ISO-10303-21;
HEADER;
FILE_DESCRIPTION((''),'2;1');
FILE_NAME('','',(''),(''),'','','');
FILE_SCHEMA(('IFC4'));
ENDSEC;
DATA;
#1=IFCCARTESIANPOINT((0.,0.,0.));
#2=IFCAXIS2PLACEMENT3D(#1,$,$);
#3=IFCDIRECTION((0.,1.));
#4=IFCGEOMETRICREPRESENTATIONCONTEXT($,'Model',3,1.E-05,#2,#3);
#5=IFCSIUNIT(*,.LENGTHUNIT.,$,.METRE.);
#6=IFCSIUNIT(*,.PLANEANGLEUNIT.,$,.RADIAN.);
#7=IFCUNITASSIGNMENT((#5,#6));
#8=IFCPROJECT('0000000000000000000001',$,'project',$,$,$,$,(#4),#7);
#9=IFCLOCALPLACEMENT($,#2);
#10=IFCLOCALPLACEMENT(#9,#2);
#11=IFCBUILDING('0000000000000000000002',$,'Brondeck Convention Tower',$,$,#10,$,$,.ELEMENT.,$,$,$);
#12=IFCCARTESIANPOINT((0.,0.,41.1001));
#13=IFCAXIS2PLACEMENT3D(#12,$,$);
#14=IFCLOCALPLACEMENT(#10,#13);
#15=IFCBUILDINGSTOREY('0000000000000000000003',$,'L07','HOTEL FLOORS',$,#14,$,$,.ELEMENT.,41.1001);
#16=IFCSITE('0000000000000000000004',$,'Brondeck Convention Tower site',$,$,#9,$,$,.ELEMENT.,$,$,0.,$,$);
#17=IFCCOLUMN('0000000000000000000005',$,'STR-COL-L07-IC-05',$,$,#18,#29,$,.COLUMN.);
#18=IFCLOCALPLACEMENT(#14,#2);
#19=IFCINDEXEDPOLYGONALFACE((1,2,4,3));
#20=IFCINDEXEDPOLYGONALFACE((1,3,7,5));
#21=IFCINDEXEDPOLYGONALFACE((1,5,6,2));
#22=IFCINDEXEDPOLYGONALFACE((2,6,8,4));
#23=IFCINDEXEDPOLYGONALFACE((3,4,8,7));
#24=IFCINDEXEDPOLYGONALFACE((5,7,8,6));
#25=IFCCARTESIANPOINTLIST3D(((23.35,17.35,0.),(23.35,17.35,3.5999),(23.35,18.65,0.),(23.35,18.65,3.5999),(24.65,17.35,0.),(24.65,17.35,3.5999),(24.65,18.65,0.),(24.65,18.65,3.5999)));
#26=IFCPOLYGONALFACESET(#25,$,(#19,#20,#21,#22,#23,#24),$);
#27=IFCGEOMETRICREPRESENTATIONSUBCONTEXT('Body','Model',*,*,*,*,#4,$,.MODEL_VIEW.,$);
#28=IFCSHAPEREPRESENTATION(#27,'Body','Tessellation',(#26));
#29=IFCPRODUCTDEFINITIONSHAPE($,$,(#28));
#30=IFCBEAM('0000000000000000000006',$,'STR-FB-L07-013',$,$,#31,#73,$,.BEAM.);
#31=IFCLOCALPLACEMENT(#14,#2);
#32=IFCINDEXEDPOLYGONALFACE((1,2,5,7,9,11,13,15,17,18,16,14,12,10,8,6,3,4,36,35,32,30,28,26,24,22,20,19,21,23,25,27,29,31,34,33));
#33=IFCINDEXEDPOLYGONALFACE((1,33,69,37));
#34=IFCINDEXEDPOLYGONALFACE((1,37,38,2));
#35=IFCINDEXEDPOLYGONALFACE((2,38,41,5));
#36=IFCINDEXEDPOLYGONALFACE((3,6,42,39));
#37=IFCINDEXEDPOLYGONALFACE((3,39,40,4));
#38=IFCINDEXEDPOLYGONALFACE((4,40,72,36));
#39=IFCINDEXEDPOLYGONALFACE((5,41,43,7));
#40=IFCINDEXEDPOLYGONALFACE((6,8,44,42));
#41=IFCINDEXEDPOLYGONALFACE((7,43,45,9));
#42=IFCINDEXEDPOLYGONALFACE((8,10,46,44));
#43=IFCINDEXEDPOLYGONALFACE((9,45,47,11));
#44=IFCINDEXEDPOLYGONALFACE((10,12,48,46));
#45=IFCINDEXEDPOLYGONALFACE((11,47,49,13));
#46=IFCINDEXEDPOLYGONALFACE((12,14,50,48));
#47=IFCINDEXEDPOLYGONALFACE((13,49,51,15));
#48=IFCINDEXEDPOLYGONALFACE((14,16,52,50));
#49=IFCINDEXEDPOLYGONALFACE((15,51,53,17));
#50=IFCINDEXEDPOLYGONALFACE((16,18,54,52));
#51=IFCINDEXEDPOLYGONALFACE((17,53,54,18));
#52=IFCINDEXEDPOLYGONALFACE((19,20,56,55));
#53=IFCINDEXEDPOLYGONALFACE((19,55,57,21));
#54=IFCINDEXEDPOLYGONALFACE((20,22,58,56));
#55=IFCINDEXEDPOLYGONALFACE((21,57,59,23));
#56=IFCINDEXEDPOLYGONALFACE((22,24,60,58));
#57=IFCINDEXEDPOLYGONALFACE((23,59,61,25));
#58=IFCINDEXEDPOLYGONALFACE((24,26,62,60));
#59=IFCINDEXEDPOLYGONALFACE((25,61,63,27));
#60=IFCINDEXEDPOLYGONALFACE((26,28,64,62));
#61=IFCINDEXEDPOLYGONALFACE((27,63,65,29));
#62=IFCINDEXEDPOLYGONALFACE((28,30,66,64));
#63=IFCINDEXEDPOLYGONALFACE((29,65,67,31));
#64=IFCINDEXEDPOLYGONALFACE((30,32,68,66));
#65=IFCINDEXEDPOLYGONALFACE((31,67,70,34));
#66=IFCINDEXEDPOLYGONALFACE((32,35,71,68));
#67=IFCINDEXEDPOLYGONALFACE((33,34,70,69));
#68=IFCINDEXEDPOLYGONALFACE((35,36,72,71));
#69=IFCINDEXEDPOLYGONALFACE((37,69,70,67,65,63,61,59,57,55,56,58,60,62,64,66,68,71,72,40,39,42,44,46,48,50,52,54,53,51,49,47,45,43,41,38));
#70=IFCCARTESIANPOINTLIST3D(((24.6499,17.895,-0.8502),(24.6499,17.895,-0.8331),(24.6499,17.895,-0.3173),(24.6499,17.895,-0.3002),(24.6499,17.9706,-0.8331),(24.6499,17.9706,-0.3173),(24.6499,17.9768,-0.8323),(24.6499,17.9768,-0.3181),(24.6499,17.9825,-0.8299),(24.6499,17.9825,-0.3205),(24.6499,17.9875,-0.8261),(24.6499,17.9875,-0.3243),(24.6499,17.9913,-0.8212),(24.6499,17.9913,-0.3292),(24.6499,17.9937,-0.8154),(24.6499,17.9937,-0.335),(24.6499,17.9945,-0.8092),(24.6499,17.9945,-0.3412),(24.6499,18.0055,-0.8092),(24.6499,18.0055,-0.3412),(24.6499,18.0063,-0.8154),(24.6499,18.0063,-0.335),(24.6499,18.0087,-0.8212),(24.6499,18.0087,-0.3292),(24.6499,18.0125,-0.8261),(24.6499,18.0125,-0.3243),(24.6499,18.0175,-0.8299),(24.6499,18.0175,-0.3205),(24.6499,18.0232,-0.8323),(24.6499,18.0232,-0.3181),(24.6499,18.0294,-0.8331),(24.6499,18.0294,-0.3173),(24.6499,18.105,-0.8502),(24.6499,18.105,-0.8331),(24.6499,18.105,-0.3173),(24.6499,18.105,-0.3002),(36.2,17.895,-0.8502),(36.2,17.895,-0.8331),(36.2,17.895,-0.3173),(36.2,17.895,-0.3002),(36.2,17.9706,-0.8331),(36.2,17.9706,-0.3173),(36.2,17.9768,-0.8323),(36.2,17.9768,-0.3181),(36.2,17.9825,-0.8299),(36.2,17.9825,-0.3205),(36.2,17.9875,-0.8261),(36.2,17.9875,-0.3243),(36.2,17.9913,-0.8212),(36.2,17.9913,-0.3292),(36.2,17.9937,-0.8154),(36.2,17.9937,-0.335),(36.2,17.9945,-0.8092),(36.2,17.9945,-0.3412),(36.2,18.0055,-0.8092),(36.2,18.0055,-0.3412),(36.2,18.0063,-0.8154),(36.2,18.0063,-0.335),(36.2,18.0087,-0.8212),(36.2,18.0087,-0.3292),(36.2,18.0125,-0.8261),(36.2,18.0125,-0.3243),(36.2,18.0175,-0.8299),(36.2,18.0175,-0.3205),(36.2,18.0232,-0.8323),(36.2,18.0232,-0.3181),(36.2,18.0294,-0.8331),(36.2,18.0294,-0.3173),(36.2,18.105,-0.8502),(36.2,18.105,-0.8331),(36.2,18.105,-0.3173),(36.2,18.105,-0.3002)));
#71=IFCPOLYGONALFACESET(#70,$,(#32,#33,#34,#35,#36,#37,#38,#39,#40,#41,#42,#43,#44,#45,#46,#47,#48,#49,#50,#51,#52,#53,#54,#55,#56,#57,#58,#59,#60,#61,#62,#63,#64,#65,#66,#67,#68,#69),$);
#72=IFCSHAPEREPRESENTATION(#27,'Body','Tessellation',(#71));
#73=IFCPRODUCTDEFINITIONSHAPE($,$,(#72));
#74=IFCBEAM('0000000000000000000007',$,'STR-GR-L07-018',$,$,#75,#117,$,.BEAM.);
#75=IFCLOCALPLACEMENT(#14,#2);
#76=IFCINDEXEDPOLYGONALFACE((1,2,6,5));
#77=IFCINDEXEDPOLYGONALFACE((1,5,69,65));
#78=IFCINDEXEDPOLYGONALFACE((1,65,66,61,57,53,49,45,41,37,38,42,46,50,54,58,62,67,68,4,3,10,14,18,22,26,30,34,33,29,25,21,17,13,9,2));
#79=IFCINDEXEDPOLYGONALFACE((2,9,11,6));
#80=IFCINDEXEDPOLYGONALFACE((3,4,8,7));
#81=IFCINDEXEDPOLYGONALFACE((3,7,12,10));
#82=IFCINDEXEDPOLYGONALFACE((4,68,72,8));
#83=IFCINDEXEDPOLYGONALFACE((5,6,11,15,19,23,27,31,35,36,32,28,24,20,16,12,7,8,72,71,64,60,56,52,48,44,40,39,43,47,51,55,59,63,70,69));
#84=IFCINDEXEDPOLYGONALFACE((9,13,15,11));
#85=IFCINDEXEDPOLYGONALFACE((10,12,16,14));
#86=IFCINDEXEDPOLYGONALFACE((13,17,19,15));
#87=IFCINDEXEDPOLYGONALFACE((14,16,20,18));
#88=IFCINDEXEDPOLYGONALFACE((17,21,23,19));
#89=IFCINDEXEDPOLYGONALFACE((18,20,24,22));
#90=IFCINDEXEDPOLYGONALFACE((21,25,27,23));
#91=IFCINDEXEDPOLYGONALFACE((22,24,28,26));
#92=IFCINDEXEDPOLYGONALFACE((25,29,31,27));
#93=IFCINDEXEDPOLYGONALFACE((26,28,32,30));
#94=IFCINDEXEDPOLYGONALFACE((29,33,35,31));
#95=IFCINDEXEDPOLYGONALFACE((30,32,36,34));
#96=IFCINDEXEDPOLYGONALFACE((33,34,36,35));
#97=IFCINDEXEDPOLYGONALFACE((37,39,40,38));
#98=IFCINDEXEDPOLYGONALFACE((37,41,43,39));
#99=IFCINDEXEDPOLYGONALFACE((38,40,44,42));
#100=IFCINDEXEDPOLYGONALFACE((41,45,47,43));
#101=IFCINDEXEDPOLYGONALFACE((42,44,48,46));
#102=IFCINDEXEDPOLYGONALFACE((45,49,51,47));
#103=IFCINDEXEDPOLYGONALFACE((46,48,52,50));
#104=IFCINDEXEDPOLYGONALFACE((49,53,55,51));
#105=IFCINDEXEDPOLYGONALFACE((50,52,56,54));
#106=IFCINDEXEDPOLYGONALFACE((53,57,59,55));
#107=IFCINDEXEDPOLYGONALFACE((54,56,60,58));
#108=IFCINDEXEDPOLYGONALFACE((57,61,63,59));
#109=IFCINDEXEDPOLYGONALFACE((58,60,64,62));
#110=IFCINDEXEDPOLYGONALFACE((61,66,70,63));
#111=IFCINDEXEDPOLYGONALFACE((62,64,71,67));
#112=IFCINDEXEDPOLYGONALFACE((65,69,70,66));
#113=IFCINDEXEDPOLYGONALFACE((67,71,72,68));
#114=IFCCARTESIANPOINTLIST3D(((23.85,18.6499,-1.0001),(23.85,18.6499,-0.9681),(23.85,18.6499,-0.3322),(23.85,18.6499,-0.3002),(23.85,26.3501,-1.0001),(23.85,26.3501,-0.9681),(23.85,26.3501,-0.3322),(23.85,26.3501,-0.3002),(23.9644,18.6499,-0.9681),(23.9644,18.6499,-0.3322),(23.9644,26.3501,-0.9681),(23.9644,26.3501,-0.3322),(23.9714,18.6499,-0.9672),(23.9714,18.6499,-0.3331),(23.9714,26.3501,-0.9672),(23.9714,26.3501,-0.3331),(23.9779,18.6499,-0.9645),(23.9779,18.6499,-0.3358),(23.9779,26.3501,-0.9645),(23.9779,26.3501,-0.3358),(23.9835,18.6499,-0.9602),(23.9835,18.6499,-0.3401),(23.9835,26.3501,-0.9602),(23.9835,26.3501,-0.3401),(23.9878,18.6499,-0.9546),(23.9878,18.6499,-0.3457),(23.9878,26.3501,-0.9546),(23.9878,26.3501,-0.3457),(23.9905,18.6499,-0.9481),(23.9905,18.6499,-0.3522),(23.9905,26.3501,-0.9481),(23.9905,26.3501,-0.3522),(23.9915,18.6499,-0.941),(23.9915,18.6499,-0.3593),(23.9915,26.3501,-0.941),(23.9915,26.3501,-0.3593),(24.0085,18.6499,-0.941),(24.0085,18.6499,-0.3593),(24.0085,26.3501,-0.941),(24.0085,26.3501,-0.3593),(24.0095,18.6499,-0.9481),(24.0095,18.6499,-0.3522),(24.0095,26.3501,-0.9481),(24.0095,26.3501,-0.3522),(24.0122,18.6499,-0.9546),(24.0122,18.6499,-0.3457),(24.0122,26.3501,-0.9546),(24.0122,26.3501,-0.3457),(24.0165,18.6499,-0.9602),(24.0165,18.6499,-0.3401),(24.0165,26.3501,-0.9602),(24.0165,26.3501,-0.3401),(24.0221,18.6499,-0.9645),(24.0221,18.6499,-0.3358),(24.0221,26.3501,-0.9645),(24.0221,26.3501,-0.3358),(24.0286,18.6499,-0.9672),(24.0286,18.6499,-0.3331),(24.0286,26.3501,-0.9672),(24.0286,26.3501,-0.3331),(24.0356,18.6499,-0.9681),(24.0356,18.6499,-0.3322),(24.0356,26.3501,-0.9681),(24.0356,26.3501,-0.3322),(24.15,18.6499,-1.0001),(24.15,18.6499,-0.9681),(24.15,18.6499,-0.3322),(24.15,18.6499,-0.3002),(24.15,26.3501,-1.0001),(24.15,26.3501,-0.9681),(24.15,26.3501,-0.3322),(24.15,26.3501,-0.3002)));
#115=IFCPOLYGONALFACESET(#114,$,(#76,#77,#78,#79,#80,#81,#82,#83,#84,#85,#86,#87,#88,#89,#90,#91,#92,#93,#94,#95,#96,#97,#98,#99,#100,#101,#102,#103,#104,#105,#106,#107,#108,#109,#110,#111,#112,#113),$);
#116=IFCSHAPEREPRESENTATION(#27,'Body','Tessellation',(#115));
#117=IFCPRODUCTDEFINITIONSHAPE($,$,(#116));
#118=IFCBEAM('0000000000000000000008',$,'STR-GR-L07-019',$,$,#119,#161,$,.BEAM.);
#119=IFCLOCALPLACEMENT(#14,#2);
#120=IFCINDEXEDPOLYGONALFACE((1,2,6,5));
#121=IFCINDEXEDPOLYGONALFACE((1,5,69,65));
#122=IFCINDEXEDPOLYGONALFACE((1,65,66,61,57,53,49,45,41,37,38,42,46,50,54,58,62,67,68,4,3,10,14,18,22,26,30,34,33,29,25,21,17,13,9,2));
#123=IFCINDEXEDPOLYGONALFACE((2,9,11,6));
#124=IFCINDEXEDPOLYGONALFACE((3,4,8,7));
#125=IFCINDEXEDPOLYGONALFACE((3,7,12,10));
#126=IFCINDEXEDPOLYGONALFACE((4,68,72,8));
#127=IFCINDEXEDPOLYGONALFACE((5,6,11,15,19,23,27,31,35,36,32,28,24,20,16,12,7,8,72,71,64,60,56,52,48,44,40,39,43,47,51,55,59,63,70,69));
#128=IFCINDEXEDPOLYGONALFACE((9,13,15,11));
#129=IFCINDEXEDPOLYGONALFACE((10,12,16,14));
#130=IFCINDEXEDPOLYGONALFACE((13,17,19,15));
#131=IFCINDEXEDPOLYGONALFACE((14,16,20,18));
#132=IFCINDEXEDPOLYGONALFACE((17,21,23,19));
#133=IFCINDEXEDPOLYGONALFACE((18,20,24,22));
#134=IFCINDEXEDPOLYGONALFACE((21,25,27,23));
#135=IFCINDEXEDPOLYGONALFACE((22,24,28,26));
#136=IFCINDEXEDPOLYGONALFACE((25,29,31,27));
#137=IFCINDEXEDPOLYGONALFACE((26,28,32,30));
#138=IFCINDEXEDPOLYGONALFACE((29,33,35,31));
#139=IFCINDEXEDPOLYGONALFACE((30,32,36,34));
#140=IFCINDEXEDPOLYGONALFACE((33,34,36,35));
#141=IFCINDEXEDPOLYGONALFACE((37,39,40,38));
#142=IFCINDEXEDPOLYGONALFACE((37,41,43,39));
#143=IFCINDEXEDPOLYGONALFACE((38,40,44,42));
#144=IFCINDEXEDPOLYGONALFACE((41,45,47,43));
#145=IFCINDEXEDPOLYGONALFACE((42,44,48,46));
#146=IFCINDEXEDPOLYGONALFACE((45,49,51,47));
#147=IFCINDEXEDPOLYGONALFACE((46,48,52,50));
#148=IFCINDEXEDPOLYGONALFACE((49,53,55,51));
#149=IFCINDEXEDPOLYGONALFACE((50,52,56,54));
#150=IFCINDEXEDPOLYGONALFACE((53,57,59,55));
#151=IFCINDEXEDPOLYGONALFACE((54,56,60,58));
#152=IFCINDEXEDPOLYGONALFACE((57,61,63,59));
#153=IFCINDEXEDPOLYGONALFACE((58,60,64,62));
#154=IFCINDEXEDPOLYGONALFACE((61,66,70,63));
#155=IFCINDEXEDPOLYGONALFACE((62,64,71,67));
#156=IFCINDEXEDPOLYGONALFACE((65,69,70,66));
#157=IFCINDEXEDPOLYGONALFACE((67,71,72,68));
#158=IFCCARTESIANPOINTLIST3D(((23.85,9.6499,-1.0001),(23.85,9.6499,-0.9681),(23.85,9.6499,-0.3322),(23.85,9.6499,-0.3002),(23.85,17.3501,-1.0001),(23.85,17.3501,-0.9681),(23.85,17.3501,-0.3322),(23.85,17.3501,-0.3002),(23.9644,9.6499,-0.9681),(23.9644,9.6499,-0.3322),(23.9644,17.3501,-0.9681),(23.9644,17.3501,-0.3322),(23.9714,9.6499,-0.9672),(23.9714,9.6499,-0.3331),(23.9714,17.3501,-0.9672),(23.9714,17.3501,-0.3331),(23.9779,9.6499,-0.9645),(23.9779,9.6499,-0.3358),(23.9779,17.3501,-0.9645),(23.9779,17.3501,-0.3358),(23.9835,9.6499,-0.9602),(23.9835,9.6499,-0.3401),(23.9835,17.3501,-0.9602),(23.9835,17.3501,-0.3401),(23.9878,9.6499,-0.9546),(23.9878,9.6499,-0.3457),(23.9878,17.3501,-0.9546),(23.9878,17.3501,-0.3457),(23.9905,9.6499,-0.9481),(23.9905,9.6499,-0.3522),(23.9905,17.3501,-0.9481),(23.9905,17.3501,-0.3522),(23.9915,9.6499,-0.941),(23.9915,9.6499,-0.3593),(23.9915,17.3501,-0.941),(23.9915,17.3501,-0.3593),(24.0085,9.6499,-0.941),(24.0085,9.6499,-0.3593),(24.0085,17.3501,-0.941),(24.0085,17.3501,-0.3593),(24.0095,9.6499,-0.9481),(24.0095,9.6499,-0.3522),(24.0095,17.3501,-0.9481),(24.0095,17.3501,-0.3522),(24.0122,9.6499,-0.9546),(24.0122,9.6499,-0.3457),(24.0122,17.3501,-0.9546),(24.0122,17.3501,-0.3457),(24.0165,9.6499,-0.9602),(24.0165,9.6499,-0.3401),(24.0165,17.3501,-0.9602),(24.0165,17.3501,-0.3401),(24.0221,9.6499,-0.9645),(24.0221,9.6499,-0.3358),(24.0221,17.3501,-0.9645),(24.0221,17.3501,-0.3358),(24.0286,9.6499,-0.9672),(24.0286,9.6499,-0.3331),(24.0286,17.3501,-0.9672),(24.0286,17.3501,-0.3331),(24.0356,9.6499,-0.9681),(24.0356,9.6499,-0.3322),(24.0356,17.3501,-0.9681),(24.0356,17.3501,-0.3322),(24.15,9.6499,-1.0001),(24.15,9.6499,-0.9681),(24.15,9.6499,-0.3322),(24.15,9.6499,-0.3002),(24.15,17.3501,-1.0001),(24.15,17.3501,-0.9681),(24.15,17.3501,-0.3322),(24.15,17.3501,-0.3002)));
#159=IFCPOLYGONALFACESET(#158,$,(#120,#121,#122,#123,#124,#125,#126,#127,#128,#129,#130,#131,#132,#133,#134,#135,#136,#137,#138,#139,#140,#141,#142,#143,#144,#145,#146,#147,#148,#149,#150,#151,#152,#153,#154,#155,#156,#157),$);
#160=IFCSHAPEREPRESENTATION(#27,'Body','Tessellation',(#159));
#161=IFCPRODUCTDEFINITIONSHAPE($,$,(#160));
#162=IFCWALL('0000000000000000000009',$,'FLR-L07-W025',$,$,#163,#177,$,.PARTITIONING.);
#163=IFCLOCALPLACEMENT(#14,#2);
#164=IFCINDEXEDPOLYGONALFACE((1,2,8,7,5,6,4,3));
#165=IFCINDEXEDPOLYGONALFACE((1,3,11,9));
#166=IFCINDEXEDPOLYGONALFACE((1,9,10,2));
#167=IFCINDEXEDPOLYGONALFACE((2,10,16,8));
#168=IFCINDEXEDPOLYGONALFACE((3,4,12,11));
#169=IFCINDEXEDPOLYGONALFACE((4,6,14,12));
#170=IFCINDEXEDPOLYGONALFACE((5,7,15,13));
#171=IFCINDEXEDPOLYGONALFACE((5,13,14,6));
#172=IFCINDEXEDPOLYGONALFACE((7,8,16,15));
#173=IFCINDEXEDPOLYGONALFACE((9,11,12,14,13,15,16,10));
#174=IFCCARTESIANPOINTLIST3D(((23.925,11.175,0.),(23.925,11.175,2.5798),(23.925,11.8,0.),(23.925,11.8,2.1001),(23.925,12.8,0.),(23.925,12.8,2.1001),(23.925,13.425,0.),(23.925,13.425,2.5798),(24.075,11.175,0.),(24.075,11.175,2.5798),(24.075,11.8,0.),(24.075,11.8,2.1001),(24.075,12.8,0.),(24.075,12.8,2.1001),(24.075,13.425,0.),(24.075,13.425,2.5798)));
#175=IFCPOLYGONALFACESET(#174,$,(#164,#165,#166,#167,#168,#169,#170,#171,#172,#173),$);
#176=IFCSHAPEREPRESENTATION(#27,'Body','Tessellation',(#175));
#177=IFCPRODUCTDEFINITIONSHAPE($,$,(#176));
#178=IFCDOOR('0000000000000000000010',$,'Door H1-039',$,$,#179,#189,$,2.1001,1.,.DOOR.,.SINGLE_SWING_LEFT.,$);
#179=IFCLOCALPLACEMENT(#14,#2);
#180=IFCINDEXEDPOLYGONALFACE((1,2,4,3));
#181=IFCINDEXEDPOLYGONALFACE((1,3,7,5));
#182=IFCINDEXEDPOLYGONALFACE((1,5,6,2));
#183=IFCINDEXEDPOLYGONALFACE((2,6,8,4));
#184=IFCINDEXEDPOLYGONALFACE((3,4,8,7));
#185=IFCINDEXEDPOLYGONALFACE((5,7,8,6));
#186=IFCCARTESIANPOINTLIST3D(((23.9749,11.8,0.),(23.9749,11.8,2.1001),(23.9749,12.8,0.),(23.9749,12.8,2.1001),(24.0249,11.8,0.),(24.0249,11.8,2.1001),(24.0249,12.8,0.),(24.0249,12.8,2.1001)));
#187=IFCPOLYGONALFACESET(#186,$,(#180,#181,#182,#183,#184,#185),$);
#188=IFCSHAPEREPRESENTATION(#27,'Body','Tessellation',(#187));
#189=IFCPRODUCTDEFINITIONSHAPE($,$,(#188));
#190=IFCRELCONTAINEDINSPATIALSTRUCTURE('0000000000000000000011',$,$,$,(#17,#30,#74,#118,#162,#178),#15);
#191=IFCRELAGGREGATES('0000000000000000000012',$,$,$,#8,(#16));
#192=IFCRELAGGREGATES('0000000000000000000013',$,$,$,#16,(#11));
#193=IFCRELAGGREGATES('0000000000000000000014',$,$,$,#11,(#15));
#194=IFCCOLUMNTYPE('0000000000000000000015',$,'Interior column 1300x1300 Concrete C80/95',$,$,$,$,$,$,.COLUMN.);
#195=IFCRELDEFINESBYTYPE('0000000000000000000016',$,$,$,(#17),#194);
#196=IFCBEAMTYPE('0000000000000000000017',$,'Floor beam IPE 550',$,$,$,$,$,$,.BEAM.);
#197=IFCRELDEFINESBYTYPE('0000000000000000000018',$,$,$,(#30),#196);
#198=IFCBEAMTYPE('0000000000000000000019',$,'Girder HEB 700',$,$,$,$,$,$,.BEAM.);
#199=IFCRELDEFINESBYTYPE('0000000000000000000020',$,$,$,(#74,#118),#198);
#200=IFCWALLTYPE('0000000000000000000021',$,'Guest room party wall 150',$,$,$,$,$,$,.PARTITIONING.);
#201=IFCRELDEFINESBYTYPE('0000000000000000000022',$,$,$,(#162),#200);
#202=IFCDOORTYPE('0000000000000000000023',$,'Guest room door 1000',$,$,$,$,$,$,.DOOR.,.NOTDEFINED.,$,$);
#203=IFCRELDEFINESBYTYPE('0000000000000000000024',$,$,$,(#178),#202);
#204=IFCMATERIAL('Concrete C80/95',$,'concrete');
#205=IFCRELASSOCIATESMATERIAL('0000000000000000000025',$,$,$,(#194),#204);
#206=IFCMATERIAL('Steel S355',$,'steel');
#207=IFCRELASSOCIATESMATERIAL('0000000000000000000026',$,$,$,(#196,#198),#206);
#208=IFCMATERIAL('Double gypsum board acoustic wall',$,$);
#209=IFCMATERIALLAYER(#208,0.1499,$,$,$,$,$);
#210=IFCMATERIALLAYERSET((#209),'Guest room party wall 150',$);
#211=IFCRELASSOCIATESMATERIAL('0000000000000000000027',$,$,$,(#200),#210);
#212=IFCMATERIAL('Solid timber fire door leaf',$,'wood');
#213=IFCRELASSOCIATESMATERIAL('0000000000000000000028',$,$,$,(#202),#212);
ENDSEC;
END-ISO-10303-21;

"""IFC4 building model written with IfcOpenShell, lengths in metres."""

from ifc_helpers import new_model, si_unit, direction, frame, frame_2d, origin, origin_2d, place, context, subcontext, project, spatial, rectangle, i_section, extrude, material, layer, layer_set, material_profile, profile_set, type_object, element, fill, save


model = new_model("IFC4")

# Units and contexts
model_context = context("Model", 3, precision=1e-05, world=origin(), true_north=direction((0.0, 1.0)))
body_context = subcontext(model_context, "Body", "Model", "MODEL_VIEW")
ifc_project = project(units=[si_unit("LENGTHUNIT", "METRE"), si_unit("PLANEANGLEUNIT", "RADIAN")], contexts=[model_context])

# Site, building, storey
site_placement = place(None, origin())
site = spatial("IfcSite", under=ifc_project, at=site_placement, Name="Brondeck Convention Tower site", CompositionType="ELEMENT", RefElevation=0.0)
building_placement = place(site_placement, origin())
building = spatial("IfcBuilding", under=site, at=building_placement, Name="Brondeck Convention Tower", CompositionType="ELEMENT")
storey_placement = place(building_placement, frame((0.0, 0.0, 41.1001)))
storey = spatial("IfcBuildingStorey", under=building, at=storey_placement, Name="L07", Description="HOTEL FLOORS", CompositionType="ELEMENT", Elevation=41.1001)

# Column
ifc_material_1 = material(Name="Concrete C80/95", Category="concrete")
ifc_material_profile_1 = material_profile(ifc_material_1, rectangle(XDim=1.3, YDim=1.3, at=origin_2d()), Name="Interior column 1300x1300 Concrete C80/95")
ifc_profile_set_1 = profile_set([ifc_material_profile_1], Name="Concrete C80/95")
column_type = type_object("IfcColumnType", Name="Interior column 1300x1300 Concrete C80/95", PredefinedType="COLUMN", material=ifc_profile_set_1)
column_placement = place(storey_placement, frame((24.0, 18.0, 0.0), z_axis=(0.0, 0.0, 1.0), x_axis=(1.0, 0.0, 0.0)))
element("IfcColumn", 1, at=column_placement, inside=storey, type_object=column_type, Name="STR-COL-L07-IC-05", PredefinedType="COLUMN", context=body_context, shape_type="SweptSolid", body=[
    extrude(rectangle(XDim=1.3, YDim=1.3, at=origin_2d()), origin(), (0.0, 0.0, 1.0), 3.5999),
])

# Beams
ifc_material_2 = material(Name="Steel S355", Category="steel")
ifc_material_profile_2 = material_profile(ifc_material_2, i_section(OverallWidth=0.21, OverallDepth=0.55, WebThickness=0.011, FlangeThickness=0.0171, FilletRadius=0.0239, at=origin_2d()), Name="IPE 550")
ifc_profile_set_2 = profile_set([ifc_material_profile_2], Name="Steel S355")
beam_type_1 = type_object("IfcBeamType", Name="Floor beam IPE 550", PredefinedType="BEAM", material=ifc_profile_set_2)
beam_placement = place(storey_placement, frame((24.6499, 18.0, -0.5752), z_axis=(1.0, 0.0, 0.0), x_axis=(0.0, 1.0, 0.0)))
element("IfcBeam", 2, at=beam_placement, inside=storey, type_object=beam_type_1, Name="STR-FB-L07-013", PredefinedType="BEAM", context=body_context, shape_type="SweptSolid", body=[
    extrude(i_section(OverallWidth=0.21, OverallDepth=0.55, WebThickness=0.011, FlangeThickness=0.0171, FilletRadius=0.0239, at=origin_2d()), origin(), (0.0, 0.0, 1.0), 11.55),
])
ifc_material_profile_3 = material_profile(ifc_material_2, i_section(OverallWidth=0.3, OverallDepth=0.7, WebThickness=0.0171, FlangeThickness=0.032, FilletRadius=0.0271, at=origin_2d()), Name="HEB 700")
ifc_profile_set_3 = profile_set([ifc_material_profile_3], Name="Steel S355")
beam_type_2 = type_object("IfcBeamType", Name="Girder HEB 700", PredefinedType="BEAM", material=ifc_profile_set_3)
for number, where, z_axis, x_axis, name in (
    (3, (24.0, 26.3501, -0.6501), (0.0, -1.0, 0.0), (1.0, 0.0, 0.0), "STR-GR-L07-018"),
    (4, (24.0, 17.3501, -0.6501), (0.0, -1.0, 0.0), (1.0, 0.0, 0.0), "STR-GR-L07-019"),
):
    element("IfcBeam", number, at=place(storey_placement, frame(where, z_axis=z_axis, x_axis=x_axis)), inside=storey, type_object=beam_type_2, Name=name, PredefinedType="BEAM", context=body_context, shape_type="SweptSolid", body=[
        extrude(i_section(OverallWidth=0.3, OverallDepth=0.7, WebThickness=0.0171, FlangeThickness=0.032, FilletRadius=0.0271, at=origin_2d()), origin(), (0.0, 0.0, 1.0), 7.7002),
    ])

# Wall, opening, door
ifc_material_3 = material(Name="Double gypsum board acoustic wall")
ifc_layer_1 = layer(ifc_material_3, 0.1499)
ifc_layer_set_1 = layer_set([ifc_layer_1], Name="Guest room party wall 150")
wall_type_1 = type_object("IfcWallType", Name="Guest room party wall 150", PredefinedType="PARTITIONING", material=ifc_layer_set_1)
wall_1_placement = place(storey_placement, frame((24.0, 13.425, 0.0), z_axis=(0.0, 0.0, 1.0), x_axis=(0.0, -1.0, 0.0)))
wall_1 = element("IfcWall", 5, at=wall_1_placement, inside=storey, type_object=wall_type_1, Name="FLR-L07-W025", PredefinedType="PARTITIONING", context=body_context, shape_type="SweptSolid", body=[
    extrude(rectangle(XDim=2.25, YDim=0.1499, at=frame_2d((1.125, 0.0))), origin(), (0.0, 0.0, 1.0), 2.5798),
])
opening_1_placement = place(wall_1_placement, frame((0.625, 0.0, 0.0)))
opening_1 = element("IfcOpeningElement", 6, at=opening_1_placement, cuts=wall_1, PredefinedType="OPENING", context=body_context, shape_type="SweptSolid", body=[
    extrude(rectangle(XDim=1.0, YDim=2.1001, at=frame_2d((0.5, 1.05))), frame((0.0, 0.085, 0.0), z_axis=(0.0, -1.0, 0.0), x_axis=(1.0, 0.0, 0.0)), (0.0, 0.0, 1.0), 0.1699),
])
ifc_material_4 = material(Name="Solid timber fire door leaf", Category="wood")
door_type_1 = type_object("IfcDoorType", Name="Guest room door 1000", OperationType="NOTDEFINED", PredefinedType="DOOR", material=ifc_material_4)
door_1_placement = place(opening_1_placement, origin())
door_1 = element("IfcDoor", 7, at=door_1_placement, inside=storey, type_object=door_type_1, Name="Door H1-039", OperationType="SINGLE_SWING_LEFT", OverallHeight=2.1001, OverallWidth=1.0, PredefinedType="DOOR", context=body_context, shape_type="SweptSolid", body=[
    extrude(rectangle(XDim=1.0, YDim=2.1001, at=frame_2d((0.5, 1.05))), frame((0.0, 0.0249, 0.0), z_axis=(0.0, -1.0, 0.0), x_axis=(1.0, 0.0, 0.0)), (0.0, 0.0, 1.0), 0.05),
])
fill(opening_1, door_1)

save(model, "model.ifc")
